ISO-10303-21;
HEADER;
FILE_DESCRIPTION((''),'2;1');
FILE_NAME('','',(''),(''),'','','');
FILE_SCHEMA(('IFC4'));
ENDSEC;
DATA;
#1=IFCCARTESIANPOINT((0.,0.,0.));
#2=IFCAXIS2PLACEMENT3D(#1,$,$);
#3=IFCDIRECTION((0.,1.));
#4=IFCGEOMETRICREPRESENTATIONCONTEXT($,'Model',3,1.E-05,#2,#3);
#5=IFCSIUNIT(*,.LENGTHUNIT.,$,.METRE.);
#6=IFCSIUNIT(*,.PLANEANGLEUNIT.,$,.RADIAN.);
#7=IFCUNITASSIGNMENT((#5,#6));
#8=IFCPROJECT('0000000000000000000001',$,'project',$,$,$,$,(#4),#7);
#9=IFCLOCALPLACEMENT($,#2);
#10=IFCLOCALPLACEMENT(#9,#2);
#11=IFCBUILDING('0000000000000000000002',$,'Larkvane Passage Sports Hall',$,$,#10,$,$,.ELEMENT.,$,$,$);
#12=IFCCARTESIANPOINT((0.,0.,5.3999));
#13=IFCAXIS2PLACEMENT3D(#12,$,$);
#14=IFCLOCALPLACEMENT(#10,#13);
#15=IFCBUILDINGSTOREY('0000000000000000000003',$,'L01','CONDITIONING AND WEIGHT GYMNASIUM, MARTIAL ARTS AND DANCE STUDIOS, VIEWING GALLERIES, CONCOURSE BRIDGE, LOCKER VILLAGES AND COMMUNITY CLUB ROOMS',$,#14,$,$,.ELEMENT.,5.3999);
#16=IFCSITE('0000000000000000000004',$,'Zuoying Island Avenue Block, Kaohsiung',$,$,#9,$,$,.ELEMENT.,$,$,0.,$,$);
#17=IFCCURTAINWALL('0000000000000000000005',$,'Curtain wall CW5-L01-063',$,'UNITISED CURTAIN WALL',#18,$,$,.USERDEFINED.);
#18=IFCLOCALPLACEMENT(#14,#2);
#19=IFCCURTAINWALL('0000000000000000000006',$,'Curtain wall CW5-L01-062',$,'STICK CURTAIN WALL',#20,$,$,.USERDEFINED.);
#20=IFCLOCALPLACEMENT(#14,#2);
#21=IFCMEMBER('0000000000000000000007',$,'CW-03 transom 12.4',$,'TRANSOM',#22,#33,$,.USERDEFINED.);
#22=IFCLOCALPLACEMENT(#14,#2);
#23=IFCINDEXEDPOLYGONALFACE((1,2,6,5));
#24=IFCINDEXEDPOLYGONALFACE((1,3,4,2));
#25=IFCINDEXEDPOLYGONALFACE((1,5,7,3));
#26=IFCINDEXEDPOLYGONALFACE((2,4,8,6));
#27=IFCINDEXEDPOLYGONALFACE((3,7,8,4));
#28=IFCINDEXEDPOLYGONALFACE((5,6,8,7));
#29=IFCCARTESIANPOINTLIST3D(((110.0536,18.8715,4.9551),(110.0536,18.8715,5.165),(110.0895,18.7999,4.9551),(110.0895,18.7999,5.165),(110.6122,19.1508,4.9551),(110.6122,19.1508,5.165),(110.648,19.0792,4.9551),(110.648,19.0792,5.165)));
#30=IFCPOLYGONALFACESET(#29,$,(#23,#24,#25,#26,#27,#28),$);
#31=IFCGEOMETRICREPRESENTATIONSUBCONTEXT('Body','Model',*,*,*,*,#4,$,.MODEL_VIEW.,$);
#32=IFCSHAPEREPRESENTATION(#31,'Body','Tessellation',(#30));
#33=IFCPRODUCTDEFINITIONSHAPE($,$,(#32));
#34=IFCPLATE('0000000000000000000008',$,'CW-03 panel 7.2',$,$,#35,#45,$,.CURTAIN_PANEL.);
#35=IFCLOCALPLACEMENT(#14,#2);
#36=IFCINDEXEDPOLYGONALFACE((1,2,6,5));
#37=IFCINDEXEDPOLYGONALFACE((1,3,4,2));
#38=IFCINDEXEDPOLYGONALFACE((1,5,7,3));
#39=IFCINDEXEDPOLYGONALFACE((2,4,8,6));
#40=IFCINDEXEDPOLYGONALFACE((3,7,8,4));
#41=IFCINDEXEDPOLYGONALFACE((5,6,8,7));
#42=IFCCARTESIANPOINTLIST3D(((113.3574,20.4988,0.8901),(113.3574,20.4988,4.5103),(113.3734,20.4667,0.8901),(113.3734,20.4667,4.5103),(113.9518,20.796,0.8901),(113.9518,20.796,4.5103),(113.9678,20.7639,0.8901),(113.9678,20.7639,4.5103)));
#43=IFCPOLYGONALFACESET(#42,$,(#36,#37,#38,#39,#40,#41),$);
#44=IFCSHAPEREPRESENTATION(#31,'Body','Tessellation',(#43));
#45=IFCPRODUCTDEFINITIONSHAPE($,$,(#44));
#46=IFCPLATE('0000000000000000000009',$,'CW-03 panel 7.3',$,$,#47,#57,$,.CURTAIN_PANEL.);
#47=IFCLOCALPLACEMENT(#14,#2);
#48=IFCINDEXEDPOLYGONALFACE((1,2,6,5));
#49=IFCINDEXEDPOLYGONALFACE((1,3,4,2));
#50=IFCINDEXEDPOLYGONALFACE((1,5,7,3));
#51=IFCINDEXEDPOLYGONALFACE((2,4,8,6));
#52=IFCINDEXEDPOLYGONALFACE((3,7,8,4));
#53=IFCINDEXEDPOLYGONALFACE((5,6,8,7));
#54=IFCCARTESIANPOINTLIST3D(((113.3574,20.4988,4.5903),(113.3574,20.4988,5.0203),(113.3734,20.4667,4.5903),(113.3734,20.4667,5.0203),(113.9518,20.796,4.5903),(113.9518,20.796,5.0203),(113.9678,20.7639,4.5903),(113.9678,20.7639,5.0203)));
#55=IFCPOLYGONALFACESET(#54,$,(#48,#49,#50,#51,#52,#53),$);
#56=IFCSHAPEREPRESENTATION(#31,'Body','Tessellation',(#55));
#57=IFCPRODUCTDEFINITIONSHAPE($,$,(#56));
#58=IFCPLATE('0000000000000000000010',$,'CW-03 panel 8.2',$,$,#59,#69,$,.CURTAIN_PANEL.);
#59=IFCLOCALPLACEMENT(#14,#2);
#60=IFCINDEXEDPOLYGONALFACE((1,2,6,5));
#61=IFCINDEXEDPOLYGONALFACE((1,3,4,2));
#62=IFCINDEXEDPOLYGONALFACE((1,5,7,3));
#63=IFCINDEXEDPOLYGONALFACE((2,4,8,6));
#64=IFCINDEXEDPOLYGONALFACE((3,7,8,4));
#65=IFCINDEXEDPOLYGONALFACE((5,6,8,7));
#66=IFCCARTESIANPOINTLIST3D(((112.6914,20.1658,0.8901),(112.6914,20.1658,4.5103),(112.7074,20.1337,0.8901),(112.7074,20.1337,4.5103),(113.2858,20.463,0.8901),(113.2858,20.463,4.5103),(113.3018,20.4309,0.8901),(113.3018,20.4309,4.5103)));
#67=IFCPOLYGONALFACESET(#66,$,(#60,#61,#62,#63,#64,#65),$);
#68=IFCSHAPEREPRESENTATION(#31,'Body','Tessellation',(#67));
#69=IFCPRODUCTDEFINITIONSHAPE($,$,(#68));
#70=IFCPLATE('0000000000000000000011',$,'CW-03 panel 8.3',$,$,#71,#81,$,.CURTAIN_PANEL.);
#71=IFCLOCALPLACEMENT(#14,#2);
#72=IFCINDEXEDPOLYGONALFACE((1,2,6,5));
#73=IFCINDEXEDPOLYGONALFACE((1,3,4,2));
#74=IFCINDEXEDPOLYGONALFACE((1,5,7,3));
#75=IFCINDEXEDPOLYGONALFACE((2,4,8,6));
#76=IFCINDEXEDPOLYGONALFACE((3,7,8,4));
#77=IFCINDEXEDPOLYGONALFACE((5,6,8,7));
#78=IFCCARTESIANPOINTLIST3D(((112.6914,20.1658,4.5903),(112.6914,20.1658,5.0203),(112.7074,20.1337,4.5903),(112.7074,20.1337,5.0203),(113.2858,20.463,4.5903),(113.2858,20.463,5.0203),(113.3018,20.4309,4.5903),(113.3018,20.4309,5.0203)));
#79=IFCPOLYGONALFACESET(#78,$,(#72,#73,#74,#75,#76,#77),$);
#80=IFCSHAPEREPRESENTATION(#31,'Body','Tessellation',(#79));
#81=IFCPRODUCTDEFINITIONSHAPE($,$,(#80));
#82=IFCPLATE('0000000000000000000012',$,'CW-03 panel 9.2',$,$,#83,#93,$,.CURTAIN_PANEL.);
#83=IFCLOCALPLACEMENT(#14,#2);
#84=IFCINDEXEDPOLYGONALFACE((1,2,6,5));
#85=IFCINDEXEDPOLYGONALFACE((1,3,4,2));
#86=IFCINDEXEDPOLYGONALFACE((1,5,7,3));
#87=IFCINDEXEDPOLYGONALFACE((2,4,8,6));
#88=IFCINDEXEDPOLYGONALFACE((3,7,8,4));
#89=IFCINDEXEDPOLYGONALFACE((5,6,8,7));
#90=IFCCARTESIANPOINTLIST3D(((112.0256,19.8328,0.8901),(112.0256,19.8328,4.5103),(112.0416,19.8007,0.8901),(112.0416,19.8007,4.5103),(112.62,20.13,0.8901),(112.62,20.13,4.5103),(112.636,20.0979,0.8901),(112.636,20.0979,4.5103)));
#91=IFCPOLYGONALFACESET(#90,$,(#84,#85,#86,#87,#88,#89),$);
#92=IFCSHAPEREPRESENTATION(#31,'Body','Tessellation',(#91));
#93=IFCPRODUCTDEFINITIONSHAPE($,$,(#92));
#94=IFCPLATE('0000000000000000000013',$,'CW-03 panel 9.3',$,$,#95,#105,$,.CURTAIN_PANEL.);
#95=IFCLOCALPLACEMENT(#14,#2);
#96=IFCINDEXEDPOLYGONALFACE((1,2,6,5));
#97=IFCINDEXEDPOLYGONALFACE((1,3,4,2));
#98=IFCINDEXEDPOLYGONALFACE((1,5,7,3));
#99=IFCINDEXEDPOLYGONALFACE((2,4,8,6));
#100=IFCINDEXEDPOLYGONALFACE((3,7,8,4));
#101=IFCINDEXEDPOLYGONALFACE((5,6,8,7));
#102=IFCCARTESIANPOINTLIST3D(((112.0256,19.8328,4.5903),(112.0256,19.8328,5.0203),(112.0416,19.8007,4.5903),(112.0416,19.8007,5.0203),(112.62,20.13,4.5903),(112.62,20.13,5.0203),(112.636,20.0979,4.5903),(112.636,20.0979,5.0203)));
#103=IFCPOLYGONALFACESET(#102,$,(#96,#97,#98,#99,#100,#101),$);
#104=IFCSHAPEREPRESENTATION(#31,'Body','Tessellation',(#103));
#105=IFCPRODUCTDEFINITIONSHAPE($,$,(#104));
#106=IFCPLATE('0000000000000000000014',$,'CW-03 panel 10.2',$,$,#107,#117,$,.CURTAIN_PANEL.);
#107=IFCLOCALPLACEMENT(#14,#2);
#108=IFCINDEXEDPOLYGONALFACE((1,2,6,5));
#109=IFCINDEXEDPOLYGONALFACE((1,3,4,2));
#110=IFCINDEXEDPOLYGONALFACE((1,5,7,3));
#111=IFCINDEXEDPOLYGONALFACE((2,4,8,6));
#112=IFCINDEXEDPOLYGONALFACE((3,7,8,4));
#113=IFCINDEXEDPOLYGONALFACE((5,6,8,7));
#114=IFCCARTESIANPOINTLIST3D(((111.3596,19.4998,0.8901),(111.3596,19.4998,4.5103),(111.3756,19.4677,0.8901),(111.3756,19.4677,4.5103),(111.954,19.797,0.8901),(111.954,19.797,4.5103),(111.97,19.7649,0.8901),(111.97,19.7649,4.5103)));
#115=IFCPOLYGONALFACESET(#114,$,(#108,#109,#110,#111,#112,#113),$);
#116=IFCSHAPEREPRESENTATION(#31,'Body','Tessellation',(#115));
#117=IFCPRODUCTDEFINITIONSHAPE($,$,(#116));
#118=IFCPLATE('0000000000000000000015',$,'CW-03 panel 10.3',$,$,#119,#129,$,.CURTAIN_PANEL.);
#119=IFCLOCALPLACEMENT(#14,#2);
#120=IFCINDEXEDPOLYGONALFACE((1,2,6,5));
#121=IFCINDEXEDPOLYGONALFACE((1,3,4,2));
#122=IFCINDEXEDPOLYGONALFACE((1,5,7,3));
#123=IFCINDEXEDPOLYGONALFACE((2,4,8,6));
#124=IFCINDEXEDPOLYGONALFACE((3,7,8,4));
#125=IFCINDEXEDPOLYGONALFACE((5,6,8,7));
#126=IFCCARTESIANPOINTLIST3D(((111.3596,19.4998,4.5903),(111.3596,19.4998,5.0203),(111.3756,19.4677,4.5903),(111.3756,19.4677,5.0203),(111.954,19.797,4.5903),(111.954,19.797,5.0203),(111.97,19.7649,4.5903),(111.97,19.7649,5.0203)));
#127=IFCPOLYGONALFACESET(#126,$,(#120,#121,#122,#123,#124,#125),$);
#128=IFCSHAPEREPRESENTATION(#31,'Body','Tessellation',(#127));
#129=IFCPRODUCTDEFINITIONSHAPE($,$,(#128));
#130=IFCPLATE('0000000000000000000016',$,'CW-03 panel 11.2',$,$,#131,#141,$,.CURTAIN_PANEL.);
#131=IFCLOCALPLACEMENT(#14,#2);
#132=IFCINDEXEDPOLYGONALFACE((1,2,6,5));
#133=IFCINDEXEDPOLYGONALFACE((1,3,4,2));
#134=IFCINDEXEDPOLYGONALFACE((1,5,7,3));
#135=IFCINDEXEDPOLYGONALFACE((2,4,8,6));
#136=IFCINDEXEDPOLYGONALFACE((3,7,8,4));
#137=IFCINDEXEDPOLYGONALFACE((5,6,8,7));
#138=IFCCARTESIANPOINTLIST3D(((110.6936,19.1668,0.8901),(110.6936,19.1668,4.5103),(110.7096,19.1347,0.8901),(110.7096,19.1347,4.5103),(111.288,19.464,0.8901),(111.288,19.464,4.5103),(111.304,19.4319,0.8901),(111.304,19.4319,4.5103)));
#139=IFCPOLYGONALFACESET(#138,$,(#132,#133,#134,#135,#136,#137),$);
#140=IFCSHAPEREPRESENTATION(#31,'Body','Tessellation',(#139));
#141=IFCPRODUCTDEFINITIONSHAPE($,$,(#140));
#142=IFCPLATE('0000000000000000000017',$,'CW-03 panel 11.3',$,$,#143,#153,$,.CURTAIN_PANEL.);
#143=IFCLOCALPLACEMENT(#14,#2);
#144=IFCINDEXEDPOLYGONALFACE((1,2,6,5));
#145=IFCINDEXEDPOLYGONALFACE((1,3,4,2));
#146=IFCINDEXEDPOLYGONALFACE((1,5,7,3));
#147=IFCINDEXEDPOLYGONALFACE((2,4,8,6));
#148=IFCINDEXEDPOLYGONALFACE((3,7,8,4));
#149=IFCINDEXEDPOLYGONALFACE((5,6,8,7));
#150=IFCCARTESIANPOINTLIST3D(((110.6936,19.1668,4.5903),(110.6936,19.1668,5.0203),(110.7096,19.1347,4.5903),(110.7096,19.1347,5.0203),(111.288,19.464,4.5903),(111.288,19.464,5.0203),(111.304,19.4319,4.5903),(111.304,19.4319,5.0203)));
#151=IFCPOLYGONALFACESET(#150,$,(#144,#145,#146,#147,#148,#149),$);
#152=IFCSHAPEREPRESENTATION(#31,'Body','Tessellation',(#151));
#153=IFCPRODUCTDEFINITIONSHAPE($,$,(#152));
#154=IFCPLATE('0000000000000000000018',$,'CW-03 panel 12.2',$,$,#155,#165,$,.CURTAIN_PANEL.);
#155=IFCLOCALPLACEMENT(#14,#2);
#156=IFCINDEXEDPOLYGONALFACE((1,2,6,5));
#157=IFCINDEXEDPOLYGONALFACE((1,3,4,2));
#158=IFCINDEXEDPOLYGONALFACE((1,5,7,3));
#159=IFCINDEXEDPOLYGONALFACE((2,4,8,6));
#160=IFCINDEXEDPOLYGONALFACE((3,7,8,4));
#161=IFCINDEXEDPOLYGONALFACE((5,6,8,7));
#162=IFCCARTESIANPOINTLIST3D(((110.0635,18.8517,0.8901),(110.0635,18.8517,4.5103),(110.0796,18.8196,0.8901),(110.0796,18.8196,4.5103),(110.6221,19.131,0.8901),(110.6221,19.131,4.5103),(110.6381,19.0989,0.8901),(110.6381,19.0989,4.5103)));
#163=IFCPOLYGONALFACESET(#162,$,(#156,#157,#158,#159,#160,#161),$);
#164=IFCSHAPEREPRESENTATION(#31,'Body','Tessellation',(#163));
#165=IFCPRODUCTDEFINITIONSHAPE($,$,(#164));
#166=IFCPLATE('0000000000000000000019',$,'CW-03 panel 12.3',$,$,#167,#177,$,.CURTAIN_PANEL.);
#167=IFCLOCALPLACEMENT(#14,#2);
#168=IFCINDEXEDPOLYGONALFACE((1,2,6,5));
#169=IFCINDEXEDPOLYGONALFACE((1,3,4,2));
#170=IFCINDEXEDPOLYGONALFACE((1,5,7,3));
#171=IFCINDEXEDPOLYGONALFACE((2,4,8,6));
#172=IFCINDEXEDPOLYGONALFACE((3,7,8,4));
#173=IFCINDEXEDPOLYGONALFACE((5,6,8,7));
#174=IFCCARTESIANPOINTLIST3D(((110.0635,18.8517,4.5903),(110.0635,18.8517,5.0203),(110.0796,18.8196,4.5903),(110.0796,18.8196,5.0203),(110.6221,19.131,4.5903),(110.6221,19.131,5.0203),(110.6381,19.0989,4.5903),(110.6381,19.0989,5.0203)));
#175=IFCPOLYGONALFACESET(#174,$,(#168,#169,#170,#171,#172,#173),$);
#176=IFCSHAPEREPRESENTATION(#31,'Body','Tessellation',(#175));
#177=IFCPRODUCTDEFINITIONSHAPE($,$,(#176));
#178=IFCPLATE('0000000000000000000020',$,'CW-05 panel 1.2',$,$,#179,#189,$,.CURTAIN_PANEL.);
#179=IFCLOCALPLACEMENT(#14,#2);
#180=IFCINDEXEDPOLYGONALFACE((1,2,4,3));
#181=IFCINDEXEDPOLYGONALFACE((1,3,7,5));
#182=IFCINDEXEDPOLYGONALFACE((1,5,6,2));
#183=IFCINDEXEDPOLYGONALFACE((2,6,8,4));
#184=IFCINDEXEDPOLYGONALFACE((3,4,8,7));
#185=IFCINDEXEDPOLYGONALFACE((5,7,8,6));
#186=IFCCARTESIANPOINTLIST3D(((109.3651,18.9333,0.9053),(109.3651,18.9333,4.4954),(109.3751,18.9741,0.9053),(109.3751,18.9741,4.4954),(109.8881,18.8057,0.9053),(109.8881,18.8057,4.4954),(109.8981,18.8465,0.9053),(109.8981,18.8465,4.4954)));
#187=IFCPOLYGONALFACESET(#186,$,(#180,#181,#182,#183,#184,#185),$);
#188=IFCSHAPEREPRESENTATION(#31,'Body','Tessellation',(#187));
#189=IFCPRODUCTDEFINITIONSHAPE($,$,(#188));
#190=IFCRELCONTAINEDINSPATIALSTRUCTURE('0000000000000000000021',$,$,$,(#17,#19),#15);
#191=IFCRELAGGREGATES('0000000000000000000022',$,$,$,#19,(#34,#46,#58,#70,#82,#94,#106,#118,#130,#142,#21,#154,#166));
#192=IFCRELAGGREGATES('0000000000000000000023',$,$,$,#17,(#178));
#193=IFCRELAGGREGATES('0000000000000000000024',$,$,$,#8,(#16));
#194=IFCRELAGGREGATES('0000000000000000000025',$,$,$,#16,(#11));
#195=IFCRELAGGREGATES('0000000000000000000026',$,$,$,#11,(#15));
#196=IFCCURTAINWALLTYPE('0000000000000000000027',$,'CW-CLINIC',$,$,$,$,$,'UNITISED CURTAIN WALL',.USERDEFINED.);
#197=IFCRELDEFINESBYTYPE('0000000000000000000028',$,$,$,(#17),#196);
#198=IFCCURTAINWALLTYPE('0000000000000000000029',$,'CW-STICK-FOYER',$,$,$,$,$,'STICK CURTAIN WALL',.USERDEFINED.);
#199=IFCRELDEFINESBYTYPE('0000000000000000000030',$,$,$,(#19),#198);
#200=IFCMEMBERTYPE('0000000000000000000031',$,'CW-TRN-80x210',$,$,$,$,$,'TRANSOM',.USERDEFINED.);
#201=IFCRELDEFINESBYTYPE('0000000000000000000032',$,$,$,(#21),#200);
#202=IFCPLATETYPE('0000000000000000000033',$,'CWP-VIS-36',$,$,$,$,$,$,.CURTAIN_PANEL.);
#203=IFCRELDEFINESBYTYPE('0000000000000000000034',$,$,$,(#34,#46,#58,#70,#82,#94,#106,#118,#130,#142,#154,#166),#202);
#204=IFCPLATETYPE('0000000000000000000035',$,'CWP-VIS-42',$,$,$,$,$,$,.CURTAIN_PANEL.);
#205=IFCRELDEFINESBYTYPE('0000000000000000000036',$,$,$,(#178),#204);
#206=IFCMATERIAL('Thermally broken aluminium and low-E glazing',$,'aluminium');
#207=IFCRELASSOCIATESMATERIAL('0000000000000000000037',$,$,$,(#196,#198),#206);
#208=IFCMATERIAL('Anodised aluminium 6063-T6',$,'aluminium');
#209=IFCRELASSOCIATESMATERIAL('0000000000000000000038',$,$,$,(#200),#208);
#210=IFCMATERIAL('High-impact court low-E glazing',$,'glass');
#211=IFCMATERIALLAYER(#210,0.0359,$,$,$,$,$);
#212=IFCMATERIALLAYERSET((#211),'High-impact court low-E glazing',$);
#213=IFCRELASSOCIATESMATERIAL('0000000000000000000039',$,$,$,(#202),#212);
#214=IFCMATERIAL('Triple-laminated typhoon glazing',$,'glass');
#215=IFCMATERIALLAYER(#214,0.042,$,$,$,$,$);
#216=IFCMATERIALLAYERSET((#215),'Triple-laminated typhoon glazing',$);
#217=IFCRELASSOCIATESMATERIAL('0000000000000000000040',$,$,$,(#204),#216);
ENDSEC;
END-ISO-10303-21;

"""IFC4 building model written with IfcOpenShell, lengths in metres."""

from ifc_helpers import new_model, si_unit, direction, frame, origin, origin_2d, place, context, subcontext, project, spatial, rectangle, extrude, material, layer, layer_set, material_profile, profile_set, type_object, element, aggregate, save


model = new_model("IFC4")

# Units and contexts
model_context = context("Model", 3, precision=1e-05, world=origin(), true_north=direction((0.0, 1.0)))
body_context = subcontext(model_context, "Body", "Model", "MODEL_VIEW")
ifc_project = project(units=[si_unit("LENGTHUNIT", "METRE"), si_unit("PLANEANGLEUNIT", "RADIAN")], contexts=[model_context])

# Site, building, storey
site_placement = place(None, origin())
site = spatial("IfcSite", under=ifc_project, at=site_placement, Name="Zuoying Island Avenue Block, Kaohsiung", CompositionType="ELEMENT", RefElevation=0.0)
building_placement = place(site_placement, origin())
building = spatial("IfcBuilding", under=site, at=building_placement, Name="Larkvane Passage Sports Hall", CompositionType="ELEMENT")
storey_placement = place(building_placement, frame((0.0, 0.0, 5.3999)))
storey = spatial("IfcBuildingStorey", under=building, at=storey_placement, Name="L01", Description="CONDITIONING AND WEIGHT GYMNASIUM, MARTIAL ARTS AND DANCE STUDIOS, VIEWING GALLERIES, CONCOURSE BRIDGE, LOCKER VILLAGES AND COMMUNITY CLUB ROOMS", CompositionType="ELEMENT", Elevation=5.3999)

# Curtain wall
ifc_material_1 = material(Name="Thermally broken aluminium and low-E glazing", Category="aluminium")
curtain_wall_type_1 = type_object("IfcCurtainWallType", Name="CW-CLINIC", ElementType="UNITISED CURTAIN WALL", PredefinedType="USERDEFINED", material=ifc_material_1)
curtain_wall_1_placement = place(storey_placement, origin())
curtain_wall_1 = element("IfcCurtainWall", 1, at=curtain_wall_1_placement, inside=storey, type_object=curtain_wall_type_1, Name="Curtain wall CW5-L01-063", ObjectType="UNITISED CURTAIN WALL", PredefinedType="USERDEFINED")
ifc_material_2 = material(Name="Anodised aluminium 6063-T6", Category="aluminium")

# Curtain wall, member, plates
curtain_wall_type_2 = type_object("IfcCurtainWallType", Name="CW-STICK-FOYER", ElementType="STICK CURTAIN WALL", PredefinedType="USERDEFINED", material=ifc_material_1)
curtain_wall_2_placement = place(storey_placement, origin())
curtain_wall_2 = element("IfcCurtainWall", 2, at=curtain_wall_2_placement, inside=storey, type_object=curtain_wall_type_2, Name="Curtain wall CW5-L01-062", ObjectType="STICK CURTAIN WALL", PredefinedType="USERDEFINED")
ifc_material_profile_1 = material_profile(ifc_material_2, rectangle(XDim=0.0801, YDim=0.21, at=origin_2d()), Name="ALU-TRN-80x210")
ifc_profile_set_1 = profile_set([ifc_material_profile_1], Name="Anodised aluminium 6063-T6")
member_type_1 = type_object("IfcMemberType", Name="CW-TRN-80x210", ElementType="TRANSOM", PredefinedType="USERDEFINED", material=ifc_profile_set_1)
member_1_placement = place(storey_placement, frame((110.6301, 19.115, 5.0601), z_axis=(-0.894427, -0.447214, 0.0), x_axis=(0.447214, -0.894427, 0.0)))
member_1 = element("IfcMember", 3, at=member_1_placement, type_object=member_type_1, Name="CW-03 transom 12.4", ObjectType="TRANSOM", PredefinedType="USERDEFINED", context=body_context, shape_type="SweptSolid", body=[
    extrude(rectangle(XDim=0.0801, YDim=0.21, at=origin_2d()), origin(), (0.0, 0.0, 1.0), 0.6245),
])
ifc_material_3 = material(Name="High-impact court low-E glazing", Category="glass")
ifc_layer_1 = layer(ifc_material_3, 0.0359)
ifc_layer_set_1 = layer_set([ifc_layer_1], Name="High-impact court low-E glazing")
plate_type_1 = type_object("IfcPlateType", Name="CWP-VIS-36", PredefinedType="CURTAIN_PANEL", material=ifc_layer_set_1)
plate_1_placement = place(storey_placement, frame((113.6626, 20.6313, 0.8901), z_axis=(0.0, 0.0, 1.0), x_axis=(-0.894429, -0.447209, 0.0)))
plate_1 = element("IfcPlate", 4, at=plate_1_placement, type_object=plate_type_1, Name="CW-03 panel 7.2", PredefinedType="CURTAIN_PANEL", context=body_context, shape_type="SweptSolid", body=[
    extrude(rectangle(XDim=0.6646, YDim=0.0359, at=origin_2d()), origin(), (0.0, 0.0, 1.0), 3.6201),
])
plate_2_placement = place(storey_placement, frame((113.6626, 20.6313, 4.5903), z_axis=(0.0, 0.0, 1.0), x_axis=(-0.894429, -0.447209, 0.0)))
plate_2 = element("IfcPlate", 5, at=plate_2_placement, type_object=plate_type_1, Name="CW-03 panel 7.3", PredefinedType="CURTAIN_PANEL", context=body_context, shape_type="SweptSolid", body=[
    extrude(rectangle(XDim=0.6646, YDim=0.0359, at=origin_2d()), origin(), (0.0, 0.0, 1.0), 0.4299),
])
plate_3_placement = place(storey_placement, frame((112.9966, 20.2983, 0.8901), z_axis=(0.0, 0.0, 1.0), x_axis=(-0.894429, -0.447209, 0.0)))
plate_3 = element("IfcPlate", 6, at=plate_3_placement, type_object=plate_type_1, Name="CW-03 panel 8.2", PredefinedType="CURTAIN_PANEL", context=body_context, shape_type="SweptSolid", body=[
    extrude(rectangle(XDim=0.6646, YDim=0.0359, at=origin_2d()), origin(), (0.0, 0.0, 1.0), 3.6201),
])
plate_4_placement = place(storey_placement, frame((112.9966, 20.2983, 4.5903), z_axis=(0.0, 0.0, 1.0), x_axis=(-0.894429, -0.447209, 0.0)))
plate_4 = element("IfcPlate", 7, at=plate_4_placement, type_object=plate_type_1, Name="CW-03 panel 8.3", PredefinedType="CURTAIN_PANEL", context=body_context, shape_type="SweptSolid", body=[
    extrude(rectangle(XDim=0.6646, YDim=0.0359, at=origin_2d()), origin(), (0.0, 0.0, 1.0), 0.4299),
])
plate_5_placement = place(storey_placement, frame((112.3308, 19.9653, 0.8901), z_axis=(0.0, 0.0, 1.0), x_axis=(-0.894429, -0.447209, 0.0)))
plate_5 = element("IfcPlate", 8, at=plate_5_placement, type_object=plate_type_1, Name="CW-03 panel 9.2", PredefinedType="CURTAIN_PANEL", context=body_context, shape_type="SweptSolid", body=[
    extrude(rectangle(XDim=0.6646, YDim=0.0359, at=origin_2d()), origin(), (0.0, 0.0, 1.0), 3.6201),
])
plate_6_placement = place(storey_placement, frame((112.3308, 19.9653, 4.5903), z_axis=(0.0, 0.0, 1.0), x_axis=(-0.894429, -0.447209, 0.0)))
plate_6 = element("IfcPlate", 9, at=plate_6_placement, type_object=plate_type_1, Name="CW-03 panel 9.3", PredefinedType="CURTAIN_PANEL", context=body_context, shape_type="SweptSolid", body=[
    extrude(rectangle(XDim=0.6646, YDim=0.0359, at=origin_2d()), origin(), (0.0, 0.0, 1.0), 0.4299),
])
plate_7_placement = place(storey_placement, frame((111.6648, 19.6323, 0.8901), z_axis=(0.0, 0.0, 1.0), x_axis=(-0.894429, -0.447209, 0.0)))
plate_7 = element("IfcPlate", 10, at=plate_7_placement, type_object=plate_type_1, Name="CW-03 panel 10.2", PredefinedType="CURTAIN_PANEL", context=body_context, shape_type="SweptSolid", body=[
    extrude(rectangle(XDim=0.6646, YDim=0.0359, at=origin_2d()), origin(), (0.0, 0.0, 1.0), 3.6201),
])
plate_8_placement = place(storey_placement, frame((111.6648, 19.6323, 4.5903), z_axis=(0.0, 0.0, 1.0), x_axis=(-0.894429, -0.447209, 0.0)))
plate_8 = element("IfcPlate", 11, at=plate_8_placement, type_object=plate_type_1, Name="CW-03 panel 10.3", PredefinedType="CURTAIN_PANEL", context=body_context, shape_type="SweptSolid", body=[
    extrude(rectangle(XDim=0.6646, YDim=0.0359, at=origin_2d()), origin(), (0.0, 0.0, 1.0), 0.4299),
])
plate_9_placement = place(storey_placement, frame((110.9988, 19.2993, 0.8901), z_axis=(0.0, 0.0, 1.0), x_axis=(-0.894429, -0.447209, 0.0)))
plate_9 = element("IfcPlate", 12, at=plate_9_placement, type_object=plate_type_1, Name="CW-03 panel 11.2", PredefinedType="CURTAIN_PANEL", context=body_context, shape_type="SweptSolid", body=[
    extrude(rectangle(XDim=0.6646, YDim=0.0359, at=origin_2d()), origin(), (0.0, 0.0, 1.0), 3.6201),
])
plate_10_placement = place(storey_placement, frame((110.9988, 19.2993, 4.5903), z_axis=(0.0, 0.0, 1.0), x_axis=(-0.894429, -0.447209, 0.0)))
plate_10 = element("IfcPlate", 13, at=plate_10_placement, type_object=plate_type_1, Name="CW-03 panel 11.3", PredefinedType="CURTAIN_PANEL", context=body_context, shape_type="SweptSolid", body=[
    extrude(rectangle(XDim=0.6646, YDim=0.0359, at=origin_2d()), origin(), (0.0, 0.0, 1.0), 0.4299),
])
plate_11_placement = place(storey_placement, frame((110.3508, 18.9753, 0.8901), z_axis=(0.0, 0.0, 1.0), x_axis=(-0.894429, -0.447209, 0.0)))
plate_11 = element("IfcPlate", 14, at=plate_11_placement, type_object=plate_type_1, Name="CW-03 panel 12.2", PredefinedType="CURTAIN_PANEL", context=body_context, shape_type="SweptSolid", body=[
    extrude(rectangle(XDim=0.6245, YDim=0.0359, at=origin_2d()), origin(), (0.0, 0.0, 1.0), 3.6201),
])
plate_12_placement = place(storey_placement, frame((110.3508, 18.9753, 4.5903), z_axis=(0.0, 0.0, 1.0), x_axis=(-0.894429, -0.447209, 0.0)))
plate_12 = element("IfcPlate", 15, at=plate_12_placement, type_object=plate_type_1, Name="CW-03 panel 12.3", PredefinedType="CURTAIN_PANEL", context=body_context, shape_type="SweptSolid", body=[
    extrude(rectangle(XDim=0.6245, YDim=0.0359, at=origin_2d()), origin(), (0.0, 0.0, 1.0), 0.4299),
])
aggregate(curtain_wall_2, [plate_1, plate_2, plate_3, plate_4, plate_5, plate_6, plate_7, plate_8, plate_9, plate_10, member_1, plate_11, plate_12])

# Plate
ifc_material_4 = material(Name="Triple-laminated typhoon glazing", Category="glass")
ifc_layer_2 = layer(ifc_material_4, 0.042)
ifc_layer_set_2 = layer_set([ifc_layer_2], Name="Triple-laminated typhoon glazing")
plate_type_2 = type_object("IfcPlateType", Name="CWP-VIS-42", PredefinedType="CURTAIN_PANEL", material=ifc_layer_set_2)
plate_13_placement = place(storey_placement, frame((109.6316, 18.8899, 0.9053), z_axis=(0.0, 0.0, 1.0), x_axis=(-0.971522, 0.236949, 0.0)))
plate_13 = element("IfcPlate", 16, at=plate_13_placement, type_object=plate_type_2, Name="CW-05 panel 1.2", PredefinedType="CURTAIN_PANEL", context=body_context, shape_type="SweptSolid", body=[
    extrude(rectangle(XDim=0.5383, YDim=0.042, at=origin_2d()), origin(), (0.0, 0.0, 1.0), 3.5901),
])
aggregate(curtain_wall_1, [plate_13])

save(model, "model.ifc")
